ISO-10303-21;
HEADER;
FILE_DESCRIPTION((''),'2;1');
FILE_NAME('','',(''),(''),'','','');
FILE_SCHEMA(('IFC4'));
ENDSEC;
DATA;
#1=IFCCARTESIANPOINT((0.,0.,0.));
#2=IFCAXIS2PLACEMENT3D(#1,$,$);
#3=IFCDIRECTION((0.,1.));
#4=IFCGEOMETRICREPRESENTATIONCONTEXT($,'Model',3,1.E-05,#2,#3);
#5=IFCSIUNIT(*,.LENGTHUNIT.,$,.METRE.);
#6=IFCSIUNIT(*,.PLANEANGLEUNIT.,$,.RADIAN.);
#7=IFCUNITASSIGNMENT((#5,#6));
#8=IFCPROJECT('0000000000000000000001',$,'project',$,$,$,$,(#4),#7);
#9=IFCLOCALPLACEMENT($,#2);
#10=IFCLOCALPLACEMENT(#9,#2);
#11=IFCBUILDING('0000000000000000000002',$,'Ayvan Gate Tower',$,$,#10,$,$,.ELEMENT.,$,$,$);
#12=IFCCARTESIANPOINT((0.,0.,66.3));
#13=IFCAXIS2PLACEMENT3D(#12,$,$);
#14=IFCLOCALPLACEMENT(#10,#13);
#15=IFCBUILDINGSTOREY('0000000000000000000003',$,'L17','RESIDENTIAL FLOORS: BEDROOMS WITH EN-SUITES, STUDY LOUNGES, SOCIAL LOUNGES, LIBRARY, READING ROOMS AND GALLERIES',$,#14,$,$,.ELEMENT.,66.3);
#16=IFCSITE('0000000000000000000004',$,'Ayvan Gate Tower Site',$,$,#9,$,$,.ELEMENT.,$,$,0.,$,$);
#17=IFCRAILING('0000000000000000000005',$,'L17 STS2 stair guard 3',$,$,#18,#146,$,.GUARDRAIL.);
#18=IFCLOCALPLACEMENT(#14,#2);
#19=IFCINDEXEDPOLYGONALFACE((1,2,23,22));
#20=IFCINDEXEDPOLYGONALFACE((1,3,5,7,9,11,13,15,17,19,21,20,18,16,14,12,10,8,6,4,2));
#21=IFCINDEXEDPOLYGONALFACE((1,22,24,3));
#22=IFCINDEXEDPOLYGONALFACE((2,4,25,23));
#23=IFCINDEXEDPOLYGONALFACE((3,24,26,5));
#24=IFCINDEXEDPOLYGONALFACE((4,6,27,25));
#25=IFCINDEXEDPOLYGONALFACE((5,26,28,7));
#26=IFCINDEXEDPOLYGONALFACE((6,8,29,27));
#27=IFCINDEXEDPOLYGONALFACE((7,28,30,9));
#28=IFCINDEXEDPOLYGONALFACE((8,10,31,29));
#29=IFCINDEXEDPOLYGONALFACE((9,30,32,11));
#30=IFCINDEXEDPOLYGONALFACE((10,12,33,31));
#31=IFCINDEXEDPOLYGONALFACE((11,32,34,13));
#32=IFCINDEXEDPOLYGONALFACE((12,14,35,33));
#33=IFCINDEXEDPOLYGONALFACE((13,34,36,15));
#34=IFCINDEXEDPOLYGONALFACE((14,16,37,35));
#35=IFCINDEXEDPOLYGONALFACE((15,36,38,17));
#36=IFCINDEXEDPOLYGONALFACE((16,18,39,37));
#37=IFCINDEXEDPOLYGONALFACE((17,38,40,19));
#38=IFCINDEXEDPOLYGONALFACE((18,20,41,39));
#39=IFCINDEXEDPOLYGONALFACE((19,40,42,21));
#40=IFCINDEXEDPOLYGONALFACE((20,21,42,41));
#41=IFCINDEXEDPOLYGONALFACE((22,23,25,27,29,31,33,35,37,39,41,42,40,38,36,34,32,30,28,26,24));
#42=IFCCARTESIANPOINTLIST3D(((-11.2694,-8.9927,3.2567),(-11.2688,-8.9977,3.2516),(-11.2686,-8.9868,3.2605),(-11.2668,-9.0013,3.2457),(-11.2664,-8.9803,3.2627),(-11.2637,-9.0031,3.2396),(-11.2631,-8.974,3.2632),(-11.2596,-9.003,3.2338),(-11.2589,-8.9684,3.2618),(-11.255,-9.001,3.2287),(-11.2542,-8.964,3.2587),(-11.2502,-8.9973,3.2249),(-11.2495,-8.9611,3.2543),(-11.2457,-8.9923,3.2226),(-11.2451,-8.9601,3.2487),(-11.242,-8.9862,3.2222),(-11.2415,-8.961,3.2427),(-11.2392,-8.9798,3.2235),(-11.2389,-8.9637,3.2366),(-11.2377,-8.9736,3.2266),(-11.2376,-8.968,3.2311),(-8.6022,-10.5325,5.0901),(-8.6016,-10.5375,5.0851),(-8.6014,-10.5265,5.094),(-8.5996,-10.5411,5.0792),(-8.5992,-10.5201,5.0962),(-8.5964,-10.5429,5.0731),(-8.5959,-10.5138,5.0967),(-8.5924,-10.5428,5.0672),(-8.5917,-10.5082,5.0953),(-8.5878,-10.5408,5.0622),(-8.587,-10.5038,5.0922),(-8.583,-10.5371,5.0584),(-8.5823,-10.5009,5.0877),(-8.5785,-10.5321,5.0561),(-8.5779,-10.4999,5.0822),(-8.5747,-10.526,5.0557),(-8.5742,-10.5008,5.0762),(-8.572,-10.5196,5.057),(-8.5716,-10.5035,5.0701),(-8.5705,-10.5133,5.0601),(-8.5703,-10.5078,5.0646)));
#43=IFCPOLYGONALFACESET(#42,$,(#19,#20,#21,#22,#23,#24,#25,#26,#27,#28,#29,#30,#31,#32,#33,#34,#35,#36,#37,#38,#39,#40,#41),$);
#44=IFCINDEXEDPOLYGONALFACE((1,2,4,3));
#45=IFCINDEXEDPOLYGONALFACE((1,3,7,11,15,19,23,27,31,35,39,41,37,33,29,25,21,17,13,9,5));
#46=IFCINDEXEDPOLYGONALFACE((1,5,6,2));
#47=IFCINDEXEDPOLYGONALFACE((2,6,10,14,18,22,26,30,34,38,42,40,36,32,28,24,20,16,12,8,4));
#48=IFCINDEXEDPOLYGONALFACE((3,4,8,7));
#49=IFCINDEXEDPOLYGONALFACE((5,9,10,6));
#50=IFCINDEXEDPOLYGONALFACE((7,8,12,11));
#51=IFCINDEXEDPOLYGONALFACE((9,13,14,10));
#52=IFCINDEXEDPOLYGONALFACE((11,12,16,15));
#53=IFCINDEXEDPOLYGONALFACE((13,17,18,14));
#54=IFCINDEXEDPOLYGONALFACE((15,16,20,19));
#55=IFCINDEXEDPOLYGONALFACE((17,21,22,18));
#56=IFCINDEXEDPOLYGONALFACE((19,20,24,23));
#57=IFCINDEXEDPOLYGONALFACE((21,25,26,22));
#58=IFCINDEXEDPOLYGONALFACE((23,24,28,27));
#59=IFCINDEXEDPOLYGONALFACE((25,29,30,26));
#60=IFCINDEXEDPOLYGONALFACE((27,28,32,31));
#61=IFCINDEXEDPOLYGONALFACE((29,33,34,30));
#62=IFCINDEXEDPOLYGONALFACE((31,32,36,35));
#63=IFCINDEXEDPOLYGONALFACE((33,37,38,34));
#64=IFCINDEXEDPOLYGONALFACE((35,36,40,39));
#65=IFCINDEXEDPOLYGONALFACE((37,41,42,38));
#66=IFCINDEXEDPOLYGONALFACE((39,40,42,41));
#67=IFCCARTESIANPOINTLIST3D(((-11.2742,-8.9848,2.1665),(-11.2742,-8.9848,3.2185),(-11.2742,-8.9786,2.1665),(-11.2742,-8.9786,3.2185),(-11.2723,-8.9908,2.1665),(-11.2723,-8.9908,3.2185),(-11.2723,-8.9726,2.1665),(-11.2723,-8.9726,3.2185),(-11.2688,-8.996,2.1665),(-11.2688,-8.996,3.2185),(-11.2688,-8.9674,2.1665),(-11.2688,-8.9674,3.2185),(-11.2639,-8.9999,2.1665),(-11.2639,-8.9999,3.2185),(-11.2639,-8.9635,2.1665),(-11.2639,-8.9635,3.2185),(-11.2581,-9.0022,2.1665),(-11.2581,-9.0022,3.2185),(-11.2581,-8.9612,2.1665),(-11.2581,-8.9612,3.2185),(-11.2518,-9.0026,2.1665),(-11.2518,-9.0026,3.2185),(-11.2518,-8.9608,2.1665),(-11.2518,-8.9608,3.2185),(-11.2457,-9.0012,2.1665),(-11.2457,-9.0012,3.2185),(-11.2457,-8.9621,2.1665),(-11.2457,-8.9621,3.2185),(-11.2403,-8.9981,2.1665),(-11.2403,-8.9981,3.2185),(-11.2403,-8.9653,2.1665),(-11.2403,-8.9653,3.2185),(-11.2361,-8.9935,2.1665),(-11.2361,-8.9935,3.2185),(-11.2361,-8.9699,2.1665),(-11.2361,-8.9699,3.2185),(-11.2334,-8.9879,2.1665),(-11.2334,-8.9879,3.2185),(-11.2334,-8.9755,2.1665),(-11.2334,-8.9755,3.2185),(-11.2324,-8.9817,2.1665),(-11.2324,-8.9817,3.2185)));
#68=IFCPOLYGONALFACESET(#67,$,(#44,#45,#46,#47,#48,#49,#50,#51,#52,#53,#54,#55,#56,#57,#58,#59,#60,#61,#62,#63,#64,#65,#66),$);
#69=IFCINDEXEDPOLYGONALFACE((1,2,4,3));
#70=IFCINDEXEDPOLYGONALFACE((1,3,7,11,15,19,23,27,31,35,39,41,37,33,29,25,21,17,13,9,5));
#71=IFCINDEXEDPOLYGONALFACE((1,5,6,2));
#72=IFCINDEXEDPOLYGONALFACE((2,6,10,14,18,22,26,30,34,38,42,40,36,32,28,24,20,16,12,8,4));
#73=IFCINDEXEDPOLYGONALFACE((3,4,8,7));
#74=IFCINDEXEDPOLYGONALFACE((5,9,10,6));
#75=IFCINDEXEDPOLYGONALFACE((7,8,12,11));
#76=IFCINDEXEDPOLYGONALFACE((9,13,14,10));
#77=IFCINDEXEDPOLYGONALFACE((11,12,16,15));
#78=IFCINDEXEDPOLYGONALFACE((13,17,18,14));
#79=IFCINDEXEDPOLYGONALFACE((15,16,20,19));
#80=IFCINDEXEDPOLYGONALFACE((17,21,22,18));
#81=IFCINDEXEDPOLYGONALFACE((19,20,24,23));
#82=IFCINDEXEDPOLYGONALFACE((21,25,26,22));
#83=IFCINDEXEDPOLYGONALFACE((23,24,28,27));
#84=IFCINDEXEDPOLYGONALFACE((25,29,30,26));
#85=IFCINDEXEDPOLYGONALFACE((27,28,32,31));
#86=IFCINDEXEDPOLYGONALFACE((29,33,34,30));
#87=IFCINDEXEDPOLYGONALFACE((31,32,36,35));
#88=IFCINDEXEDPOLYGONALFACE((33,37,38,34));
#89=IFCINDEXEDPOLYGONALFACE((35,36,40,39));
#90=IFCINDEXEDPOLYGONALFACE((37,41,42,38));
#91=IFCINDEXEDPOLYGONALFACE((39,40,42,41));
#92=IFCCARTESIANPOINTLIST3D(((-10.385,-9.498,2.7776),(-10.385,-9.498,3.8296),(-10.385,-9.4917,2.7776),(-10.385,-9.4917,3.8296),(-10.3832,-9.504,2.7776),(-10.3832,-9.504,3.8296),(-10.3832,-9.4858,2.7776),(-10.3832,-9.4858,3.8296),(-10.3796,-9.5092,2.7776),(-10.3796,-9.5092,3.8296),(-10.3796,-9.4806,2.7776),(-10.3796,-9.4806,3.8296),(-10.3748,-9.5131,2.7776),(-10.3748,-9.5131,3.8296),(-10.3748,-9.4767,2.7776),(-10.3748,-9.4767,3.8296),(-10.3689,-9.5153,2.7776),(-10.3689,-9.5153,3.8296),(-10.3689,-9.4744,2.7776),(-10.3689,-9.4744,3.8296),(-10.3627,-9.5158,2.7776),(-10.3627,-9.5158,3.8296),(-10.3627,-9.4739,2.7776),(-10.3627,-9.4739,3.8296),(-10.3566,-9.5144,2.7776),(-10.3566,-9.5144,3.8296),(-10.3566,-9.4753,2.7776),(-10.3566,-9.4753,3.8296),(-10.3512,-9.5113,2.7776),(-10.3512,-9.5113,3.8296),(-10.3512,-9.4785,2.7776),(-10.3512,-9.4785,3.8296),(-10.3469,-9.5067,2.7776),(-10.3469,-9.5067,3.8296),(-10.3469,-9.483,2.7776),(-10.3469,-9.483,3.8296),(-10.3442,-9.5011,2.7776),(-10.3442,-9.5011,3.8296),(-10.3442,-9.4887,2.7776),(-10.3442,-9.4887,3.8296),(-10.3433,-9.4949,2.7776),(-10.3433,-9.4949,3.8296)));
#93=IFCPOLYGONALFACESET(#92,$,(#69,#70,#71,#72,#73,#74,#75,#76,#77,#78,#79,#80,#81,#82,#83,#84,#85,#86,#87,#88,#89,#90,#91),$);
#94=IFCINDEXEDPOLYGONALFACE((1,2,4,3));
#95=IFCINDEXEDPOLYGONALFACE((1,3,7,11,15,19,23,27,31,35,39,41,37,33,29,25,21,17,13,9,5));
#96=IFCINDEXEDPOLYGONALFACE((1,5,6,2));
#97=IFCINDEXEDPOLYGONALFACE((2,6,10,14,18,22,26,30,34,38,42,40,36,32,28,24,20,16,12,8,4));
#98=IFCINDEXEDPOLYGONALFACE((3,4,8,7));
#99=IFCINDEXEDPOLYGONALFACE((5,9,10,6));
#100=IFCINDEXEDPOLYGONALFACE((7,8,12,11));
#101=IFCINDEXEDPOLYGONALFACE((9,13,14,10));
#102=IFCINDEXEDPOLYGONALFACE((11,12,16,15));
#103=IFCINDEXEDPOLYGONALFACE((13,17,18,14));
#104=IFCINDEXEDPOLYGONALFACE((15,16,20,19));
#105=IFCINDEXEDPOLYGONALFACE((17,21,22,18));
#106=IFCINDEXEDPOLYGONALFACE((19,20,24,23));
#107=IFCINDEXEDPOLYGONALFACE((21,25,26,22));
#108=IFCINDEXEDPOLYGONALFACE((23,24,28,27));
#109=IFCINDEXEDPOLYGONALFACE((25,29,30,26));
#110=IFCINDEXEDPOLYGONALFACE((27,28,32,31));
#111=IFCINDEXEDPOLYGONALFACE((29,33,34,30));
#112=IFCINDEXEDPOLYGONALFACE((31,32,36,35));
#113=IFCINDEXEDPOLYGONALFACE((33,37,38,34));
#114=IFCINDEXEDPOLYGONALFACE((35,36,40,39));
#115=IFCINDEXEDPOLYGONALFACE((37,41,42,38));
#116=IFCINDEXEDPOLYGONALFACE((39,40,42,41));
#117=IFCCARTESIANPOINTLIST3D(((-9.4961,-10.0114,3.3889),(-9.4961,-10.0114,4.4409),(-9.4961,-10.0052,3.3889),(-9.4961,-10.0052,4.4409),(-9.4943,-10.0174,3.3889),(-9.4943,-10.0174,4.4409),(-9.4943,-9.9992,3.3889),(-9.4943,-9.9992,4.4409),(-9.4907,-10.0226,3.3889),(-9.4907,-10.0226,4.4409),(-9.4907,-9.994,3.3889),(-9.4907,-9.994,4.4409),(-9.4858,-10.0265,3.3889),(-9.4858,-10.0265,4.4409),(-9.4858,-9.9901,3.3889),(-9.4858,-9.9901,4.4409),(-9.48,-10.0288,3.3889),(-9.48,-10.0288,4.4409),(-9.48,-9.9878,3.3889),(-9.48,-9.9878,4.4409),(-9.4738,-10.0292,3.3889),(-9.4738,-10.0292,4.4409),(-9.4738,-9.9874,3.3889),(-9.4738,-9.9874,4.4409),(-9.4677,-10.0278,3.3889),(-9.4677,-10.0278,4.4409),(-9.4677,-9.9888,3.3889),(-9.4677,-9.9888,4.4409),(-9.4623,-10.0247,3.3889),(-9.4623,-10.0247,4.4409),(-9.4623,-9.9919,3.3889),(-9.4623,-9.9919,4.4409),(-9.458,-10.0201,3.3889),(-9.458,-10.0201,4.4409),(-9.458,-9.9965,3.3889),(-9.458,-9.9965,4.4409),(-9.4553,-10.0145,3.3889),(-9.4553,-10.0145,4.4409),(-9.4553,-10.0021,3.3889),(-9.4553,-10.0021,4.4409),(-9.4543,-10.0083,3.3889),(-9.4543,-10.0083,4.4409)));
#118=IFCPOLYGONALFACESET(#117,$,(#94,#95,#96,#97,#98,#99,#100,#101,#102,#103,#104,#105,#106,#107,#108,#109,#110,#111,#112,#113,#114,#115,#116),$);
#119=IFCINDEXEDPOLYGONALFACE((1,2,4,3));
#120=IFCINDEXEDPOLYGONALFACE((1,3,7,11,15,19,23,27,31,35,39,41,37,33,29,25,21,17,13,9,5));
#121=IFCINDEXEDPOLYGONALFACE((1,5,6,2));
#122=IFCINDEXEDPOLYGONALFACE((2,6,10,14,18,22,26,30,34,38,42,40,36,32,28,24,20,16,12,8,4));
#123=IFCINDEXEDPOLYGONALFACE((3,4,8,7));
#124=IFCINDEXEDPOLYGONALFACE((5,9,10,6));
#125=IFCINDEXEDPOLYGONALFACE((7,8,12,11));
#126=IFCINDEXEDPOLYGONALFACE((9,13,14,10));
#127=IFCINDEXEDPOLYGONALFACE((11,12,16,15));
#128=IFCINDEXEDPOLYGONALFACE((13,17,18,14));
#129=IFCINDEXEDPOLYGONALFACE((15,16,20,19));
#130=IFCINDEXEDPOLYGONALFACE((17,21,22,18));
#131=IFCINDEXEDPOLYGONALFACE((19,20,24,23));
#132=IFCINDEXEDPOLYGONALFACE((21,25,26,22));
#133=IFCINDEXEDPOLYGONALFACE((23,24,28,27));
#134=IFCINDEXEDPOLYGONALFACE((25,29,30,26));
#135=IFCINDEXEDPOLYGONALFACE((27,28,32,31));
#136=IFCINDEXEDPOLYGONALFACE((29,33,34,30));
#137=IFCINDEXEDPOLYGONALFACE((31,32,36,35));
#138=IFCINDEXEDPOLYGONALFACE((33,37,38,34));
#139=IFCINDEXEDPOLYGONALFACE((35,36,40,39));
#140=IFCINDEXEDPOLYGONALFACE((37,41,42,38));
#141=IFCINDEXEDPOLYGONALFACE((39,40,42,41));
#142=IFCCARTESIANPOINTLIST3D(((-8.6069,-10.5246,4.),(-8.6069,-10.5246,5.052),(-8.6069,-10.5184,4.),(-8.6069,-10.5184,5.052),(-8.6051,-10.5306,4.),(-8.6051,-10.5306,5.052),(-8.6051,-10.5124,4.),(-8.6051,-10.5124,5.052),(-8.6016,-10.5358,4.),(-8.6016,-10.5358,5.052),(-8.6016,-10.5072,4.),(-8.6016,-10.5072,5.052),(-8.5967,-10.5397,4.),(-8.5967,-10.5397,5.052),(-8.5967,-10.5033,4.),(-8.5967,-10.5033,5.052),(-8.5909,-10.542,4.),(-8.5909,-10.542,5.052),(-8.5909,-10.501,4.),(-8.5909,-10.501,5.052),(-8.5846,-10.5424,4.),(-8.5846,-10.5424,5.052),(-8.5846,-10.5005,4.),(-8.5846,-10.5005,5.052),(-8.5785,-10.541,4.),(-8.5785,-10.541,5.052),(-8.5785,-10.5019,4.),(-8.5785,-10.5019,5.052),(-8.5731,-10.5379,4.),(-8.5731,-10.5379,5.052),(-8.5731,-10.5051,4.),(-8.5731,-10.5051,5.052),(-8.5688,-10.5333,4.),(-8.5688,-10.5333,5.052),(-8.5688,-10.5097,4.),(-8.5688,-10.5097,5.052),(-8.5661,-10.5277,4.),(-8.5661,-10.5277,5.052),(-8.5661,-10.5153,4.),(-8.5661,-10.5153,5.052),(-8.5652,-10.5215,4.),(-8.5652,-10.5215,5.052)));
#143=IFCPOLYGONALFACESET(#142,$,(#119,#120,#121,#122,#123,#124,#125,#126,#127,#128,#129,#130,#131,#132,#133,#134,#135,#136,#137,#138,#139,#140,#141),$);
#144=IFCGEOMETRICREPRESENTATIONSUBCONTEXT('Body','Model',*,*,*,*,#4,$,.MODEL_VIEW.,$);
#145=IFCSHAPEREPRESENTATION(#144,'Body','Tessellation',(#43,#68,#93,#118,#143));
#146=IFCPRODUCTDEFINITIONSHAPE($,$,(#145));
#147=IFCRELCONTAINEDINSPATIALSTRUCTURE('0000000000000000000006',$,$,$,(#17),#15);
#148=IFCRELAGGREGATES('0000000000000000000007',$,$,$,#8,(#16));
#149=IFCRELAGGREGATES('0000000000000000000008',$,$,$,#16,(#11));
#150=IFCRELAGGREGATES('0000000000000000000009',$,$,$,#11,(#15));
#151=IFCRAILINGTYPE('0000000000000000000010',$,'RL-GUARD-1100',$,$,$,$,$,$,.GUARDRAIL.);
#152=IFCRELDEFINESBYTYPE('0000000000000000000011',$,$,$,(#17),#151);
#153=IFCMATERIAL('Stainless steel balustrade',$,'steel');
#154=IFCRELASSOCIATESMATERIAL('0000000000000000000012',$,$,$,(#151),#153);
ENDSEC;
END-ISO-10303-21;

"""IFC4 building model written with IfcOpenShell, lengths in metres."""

from ifc_helpers import new_model, si_unit, direction, frame, origin, origin_2d, place, context, subcontext, project, spatial, circle, extrude, material, type_object, element, save


model = new_model("IFC4")

# Units and contexts
model_context = context("Model", 3, precision=1e-05, world=origin(), true_north=direction((0.0, 1.0)))
body_context = subcontext(model_context, "Body", "Model", "MODEL_VIEW")
ifc_project = project(units=[si_unit("LENGTHUNIT", "METRE"), si_unit("PLANEANGLEUNIT", "RADIAN")], contexts=[model_context])

# Site, building, storey
site_placement = place(None, origin())
site = spatial("IfcSite", under=ifc_project, at=site_placement, Name="Ayvan Gate Tower Site", CompositionType="ELEMENT", RefElevation=0.0)
building_placement = place(site_placement, origin())
building = spatial("IfcBuilding", under=site, at=building_placement, Name="Ayvan Gate Tower", CompositionType="ELEMENT")
storey_placement = place(building_placement, frame((0.0, 0.0, 66.3)))
storey = spatial("IfcBuildingStorey", under=building, at=storey_placement, Name="L17", Description="RESIDENTIAL FLOORS: BEDROOMS WITH EN-SUITES, STUDY LOUNGES, SOCIAL LOUNGES, LIBRARY, READING ROOMS AND GALLERIES", CompositionType="ELEMENT", Elevation=66.3)

# Railing
ifc_material_1 = material(Name="Stainless steel balustrade", Category="steel")
railing_type_1 = type_object("IfcRailingType", Name="RL-GUARD-1100", PredefinedType="GUARDRAIL", material=ifc_material_1)
railing_1_placement = place(storey_placement, frame((-11.2534, -8.9817, 2.1665)))
element("IfcRailing", 1, at=railing_1_placement, inside=storey, type_object=railing_type_1, Name="L17 STS2 stair guard 3", PredefinedType="GUARDRAIL", context=body_context, shape_type="SweptSolid", body=[
    extrude(circle(Radius=0.0239, at=origin_2d()), frame((0.0, 0.0, 1.0762), z_axis=(0.744155, -0.429601, 0.511543), x_axis=(0.499967, 0.866044, 0.0)), (0.0, 0.0, 1.0), 3.5842),
    extrude(circle(Radius=0.021, at=origin_2d()), origin(), (0.0, 0.0, 1.0), 1.052),
    extrude(circle(Radius=0.021, at=origin_2d()), frame((0.8892, -0.5132, 0.6111)), (0.0, 0.0, 1.0), 1.052),
    extrude(circle(Radius=0.021, at=origin_2d()), frame((1.7781, -1.0266, 1.2224)), (0.0, 0.0, 1.0), 1.052),
    extrude(circle(Radius=0.021, at=origin_2d()), frame((2.6672, -1.5398, 1.8335)), (0.0, 0.0, 1.0), 1.052),
])

save(model, "model.ifc")
